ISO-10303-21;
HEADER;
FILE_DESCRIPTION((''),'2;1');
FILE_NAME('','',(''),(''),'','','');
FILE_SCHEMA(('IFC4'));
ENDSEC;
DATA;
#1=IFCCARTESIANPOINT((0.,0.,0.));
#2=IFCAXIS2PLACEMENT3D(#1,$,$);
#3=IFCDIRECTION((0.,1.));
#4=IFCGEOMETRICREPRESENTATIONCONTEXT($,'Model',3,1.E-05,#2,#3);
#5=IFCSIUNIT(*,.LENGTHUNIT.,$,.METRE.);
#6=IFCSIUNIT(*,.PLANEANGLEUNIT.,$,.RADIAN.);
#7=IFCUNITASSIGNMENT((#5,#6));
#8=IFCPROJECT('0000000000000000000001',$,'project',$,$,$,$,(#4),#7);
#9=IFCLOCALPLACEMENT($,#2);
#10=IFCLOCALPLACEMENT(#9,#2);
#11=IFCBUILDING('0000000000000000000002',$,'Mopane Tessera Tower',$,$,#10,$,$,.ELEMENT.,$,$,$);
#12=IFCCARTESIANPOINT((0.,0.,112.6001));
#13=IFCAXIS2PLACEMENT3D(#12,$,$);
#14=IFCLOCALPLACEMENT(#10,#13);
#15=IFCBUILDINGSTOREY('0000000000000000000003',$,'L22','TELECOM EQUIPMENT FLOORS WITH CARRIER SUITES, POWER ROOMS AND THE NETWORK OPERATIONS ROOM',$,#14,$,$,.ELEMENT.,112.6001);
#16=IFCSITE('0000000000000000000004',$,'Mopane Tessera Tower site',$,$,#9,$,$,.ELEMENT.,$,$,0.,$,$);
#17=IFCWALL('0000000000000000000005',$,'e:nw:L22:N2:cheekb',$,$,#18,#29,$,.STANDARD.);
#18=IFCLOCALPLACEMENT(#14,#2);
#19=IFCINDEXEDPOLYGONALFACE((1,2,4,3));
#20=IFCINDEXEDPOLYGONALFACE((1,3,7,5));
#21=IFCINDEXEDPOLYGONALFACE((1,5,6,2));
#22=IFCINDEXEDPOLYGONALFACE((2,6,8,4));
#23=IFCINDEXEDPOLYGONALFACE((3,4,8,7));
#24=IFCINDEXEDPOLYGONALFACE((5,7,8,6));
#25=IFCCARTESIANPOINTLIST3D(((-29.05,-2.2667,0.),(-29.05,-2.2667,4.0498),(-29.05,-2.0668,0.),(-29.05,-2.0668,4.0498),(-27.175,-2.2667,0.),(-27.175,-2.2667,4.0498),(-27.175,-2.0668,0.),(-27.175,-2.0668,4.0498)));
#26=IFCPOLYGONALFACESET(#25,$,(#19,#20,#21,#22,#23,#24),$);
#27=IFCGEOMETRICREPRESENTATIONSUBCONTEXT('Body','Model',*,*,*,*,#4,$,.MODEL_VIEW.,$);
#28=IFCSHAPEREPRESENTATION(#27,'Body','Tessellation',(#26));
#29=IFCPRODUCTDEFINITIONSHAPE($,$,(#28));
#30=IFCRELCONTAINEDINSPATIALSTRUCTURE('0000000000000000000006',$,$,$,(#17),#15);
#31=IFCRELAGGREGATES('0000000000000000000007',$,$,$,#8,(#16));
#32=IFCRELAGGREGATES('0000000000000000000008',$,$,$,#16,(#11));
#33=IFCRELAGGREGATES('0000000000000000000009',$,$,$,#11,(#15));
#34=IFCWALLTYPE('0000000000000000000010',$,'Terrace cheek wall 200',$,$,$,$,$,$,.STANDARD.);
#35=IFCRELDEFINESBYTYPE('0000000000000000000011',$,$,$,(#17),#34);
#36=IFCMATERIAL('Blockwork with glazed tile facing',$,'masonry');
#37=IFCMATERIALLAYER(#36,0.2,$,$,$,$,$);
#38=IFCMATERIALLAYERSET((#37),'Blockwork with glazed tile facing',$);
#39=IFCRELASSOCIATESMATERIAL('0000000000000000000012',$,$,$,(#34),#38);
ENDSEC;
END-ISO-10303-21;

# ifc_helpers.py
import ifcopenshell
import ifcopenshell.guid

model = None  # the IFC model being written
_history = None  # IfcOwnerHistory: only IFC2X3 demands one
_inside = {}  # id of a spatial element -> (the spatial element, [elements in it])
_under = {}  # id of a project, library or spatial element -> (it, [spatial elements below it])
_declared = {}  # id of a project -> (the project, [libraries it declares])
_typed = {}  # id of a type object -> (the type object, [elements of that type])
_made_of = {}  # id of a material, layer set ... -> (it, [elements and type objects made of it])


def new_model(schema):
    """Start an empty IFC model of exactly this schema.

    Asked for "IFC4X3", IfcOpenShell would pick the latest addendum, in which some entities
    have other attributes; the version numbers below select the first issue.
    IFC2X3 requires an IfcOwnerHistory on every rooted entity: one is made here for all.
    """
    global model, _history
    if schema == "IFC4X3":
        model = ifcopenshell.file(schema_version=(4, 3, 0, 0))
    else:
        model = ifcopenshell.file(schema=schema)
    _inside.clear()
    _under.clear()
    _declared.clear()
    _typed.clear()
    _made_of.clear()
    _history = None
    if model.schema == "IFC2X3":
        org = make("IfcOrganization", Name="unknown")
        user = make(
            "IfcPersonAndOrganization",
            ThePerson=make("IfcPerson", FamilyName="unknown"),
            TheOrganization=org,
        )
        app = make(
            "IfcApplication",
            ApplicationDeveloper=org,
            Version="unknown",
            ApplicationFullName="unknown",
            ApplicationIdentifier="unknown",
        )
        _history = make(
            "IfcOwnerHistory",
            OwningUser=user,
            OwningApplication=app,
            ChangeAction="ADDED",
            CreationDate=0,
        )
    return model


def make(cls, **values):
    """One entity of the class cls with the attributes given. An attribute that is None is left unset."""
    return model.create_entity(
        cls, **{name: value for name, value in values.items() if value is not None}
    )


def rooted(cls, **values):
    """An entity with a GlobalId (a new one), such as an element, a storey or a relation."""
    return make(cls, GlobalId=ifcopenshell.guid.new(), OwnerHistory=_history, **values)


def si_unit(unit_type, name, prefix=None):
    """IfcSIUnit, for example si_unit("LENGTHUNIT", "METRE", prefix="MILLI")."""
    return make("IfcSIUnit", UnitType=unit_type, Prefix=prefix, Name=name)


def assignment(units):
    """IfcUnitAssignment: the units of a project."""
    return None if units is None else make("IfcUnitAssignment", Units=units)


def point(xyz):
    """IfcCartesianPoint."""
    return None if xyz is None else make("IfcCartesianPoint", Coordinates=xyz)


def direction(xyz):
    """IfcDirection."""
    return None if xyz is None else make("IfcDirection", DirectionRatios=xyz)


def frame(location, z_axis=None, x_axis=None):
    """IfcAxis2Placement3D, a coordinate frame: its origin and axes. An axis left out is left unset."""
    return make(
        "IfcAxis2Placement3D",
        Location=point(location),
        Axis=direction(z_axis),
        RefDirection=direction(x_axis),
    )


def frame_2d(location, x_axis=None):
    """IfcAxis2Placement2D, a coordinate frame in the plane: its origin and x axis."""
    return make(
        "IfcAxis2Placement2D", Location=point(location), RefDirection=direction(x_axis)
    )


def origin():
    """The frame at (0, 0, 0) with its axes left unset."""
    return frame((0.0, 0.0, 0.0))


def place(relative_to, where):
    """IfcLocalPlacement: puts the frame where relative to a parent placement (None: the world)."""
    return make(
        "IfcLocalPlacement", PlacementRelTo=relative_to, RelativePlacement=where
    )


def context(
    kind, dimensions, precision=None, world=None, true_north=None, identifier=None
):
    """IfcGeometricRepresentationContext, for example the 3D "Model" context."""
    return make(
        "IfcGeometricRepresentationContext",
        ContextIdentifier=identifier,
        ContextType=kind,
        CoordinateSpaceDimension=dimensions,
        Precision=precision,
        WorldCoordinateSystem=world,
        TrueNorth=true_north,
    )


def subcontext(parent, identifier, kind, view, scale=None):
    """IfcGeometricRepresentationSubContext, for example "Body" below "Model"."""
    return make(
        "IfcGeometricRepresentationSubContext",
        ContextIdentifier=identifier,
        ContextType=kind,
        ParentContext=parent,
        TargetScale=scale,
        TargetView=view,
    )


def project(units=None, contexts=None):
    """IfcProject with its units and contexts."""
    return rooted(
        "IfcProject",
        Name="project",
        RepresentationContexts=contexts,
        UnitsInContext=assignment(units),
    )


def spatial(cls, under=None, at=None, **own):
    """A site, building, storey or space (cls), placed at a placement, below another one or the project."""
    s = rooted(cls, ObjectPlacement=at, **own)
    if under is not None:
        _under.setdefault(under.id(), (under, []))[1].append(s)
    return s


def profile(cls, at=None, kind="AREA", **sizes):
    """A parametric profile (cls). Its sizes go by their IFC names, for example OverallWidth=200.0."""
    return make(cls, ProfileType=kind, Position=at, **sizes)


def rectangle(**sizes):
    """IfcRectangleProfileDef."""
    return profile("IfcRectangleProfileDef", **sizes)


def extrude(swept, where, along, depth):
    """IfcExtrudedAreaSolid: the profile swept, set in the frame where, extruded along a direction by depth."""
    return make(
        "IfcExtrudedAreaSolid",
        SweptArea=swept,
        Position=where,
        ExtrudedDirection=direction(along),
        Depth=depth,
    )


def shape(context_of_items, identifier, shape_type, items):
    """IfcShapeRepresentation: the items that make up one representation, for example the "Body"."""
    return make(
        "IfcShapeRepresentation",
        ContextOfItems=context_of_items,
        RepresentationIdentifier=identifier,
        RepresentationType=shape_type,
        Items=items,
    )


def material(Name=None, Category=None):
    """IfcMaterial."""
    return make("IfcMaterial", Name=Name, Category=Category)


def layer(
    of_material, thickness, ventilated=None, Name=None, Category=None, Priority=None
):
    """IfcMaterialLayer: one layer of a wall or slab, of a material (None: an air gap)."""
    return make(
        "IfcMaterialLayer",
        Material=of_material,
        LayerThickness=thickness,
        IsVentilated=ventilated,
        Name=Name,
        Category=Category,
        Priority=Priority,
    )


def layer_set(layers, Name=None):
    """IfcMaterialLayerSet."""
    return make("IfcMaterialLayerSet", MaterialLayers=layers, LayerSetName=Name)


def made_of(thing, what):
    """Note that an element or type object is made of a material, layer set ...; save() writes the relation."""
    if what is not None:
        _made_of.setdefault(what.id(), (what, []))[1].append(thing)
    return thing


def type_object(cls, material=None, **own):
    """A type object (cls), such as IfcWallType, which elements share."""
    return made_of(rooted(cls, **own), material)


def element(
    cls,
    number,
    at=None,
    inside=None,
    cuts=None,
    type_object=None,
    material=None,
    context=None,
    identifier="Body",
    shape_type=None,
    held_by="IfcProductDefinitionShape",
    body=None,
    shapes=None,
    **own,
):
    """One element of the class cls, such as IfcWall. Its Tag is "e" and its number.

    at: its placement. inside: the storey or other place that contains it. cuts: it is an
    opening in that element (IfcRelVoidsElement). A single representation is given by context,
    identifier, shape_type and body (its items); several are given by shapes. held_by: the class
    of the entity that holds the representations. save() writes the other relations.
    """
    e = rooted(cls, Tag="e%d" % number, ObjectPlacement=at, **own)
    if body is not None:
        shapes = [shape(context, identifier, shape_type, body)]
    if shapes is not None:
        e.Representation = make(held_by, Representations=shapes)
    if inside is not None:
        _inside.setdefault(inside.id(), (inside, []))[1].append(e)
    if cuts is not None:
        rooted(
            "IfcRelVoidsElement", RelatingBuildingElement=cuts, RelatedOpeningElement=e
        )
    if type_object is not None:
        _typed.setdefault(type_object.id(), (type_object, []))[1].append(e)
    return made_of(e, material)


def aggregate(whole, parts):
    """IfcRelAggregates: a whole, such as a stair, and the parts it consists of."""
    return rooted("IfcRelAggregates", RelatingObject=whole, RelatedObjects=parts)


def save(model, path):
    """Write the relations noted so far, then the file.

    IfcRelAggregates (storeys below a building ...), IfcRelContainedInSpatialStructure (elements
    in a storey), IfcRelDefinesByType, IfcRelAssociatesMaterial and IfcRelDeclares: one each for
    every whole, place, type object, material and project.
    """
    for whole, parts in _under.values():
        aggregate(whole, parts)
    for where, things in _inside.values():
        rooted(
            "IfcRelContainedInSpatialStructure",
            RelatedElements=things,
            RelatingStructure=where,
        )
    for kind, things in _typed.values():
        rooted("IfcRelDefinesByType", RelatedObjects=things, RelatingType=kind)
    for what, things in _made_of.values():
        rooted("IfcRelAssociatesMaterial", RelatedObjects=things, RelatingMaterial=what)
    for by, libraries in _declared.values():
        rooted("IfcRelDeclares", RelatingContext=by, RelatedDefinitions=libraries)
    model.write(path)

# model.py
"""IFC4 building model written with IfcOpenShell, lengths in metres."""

from ifc_helpers import new_model, si_unit, direction, frame, frame_2d, origin, place, context, subcontext, project, spatial, rectangle, extrude, material, layer, layer_set, type_object, element, save


model = new_model("IFC4")

# Units and contexts
model_context = context("Model", 3, precision=1e-05, world=origin(), true_north=direction((0.0, 1.0)))
body_context = subcontext(model_context, "Body", "Model", "MODEL_VIEW")
ifc_project = project(units=[si_unit("LENGTHUNIT", "METRE"), si_unit("PLANEANGLEUNIT", "RADIAN")], contexts=[model_context])

# Site, building, storey
site_placement = place(None, origin())
site = spatial("IfcSite", under=ifc_project, at=site_placement, Name="Mopane Tessera Tower site", CompositionType="ELEMENT", RefElevation=0.0)
building_placement = place(site_placement, origin())
building = spatial("IfcBuilding", under=site, at=building_placement, Name="Mopane Tessera Tower", CompositionType="ELEMENT")
storey_placement = place(building_placement, frame((0.0, 0.0, 112.6001)))
storey = spatial("IfcBuildingStorey", under=building, at=storey_placement, Name="L22", Description="TELECOM EQUIPMENT FLOORS WITH CARRIER SUITES, POWER ROOMS AND THE NETWORK OPERATIONS ROOM", CompositionType="ELEMENT", Elevation=112.6001)

# Wall
ifc_material_1 = material(Name="Blockwork with glazed tile facing", Category="masonry")
ifc_layer_1 = layer(ifc_material_1, 0.2)
ifc_layer_set_1 = layer_set([ifc_layer_1], Name="Blockwork with glazed tile facing")
wall_type_1 = type_object("IfcWallType", Name="Terrace cheek wall 200", PredefinedType="STANDARD", material=ifc_layer_set_1)
wall_1_placement = place(storey_placement, frame((-29.05, -2.1667, 0.0), z_axis=(0.0, 0.0, 1.0), x_axis=(1.0, 0.0, 0.0)))
element("IfcWall", 1, at=wall_1_placement, inside=storey, type_object=wall_type_1, Name="e:nw:L22:N2:cheekb", PredefinedType="STANDARD", context=body_context, shape_type="SweptSolid", body=[
    extrude(rectangle(XDim=1.875, YDim=0.2, at=frame_2d((0.9375, 0.0))), origin(), (0.0, 0.0, 1.0), 4.0498),
])

save(model, "model.ifc")
